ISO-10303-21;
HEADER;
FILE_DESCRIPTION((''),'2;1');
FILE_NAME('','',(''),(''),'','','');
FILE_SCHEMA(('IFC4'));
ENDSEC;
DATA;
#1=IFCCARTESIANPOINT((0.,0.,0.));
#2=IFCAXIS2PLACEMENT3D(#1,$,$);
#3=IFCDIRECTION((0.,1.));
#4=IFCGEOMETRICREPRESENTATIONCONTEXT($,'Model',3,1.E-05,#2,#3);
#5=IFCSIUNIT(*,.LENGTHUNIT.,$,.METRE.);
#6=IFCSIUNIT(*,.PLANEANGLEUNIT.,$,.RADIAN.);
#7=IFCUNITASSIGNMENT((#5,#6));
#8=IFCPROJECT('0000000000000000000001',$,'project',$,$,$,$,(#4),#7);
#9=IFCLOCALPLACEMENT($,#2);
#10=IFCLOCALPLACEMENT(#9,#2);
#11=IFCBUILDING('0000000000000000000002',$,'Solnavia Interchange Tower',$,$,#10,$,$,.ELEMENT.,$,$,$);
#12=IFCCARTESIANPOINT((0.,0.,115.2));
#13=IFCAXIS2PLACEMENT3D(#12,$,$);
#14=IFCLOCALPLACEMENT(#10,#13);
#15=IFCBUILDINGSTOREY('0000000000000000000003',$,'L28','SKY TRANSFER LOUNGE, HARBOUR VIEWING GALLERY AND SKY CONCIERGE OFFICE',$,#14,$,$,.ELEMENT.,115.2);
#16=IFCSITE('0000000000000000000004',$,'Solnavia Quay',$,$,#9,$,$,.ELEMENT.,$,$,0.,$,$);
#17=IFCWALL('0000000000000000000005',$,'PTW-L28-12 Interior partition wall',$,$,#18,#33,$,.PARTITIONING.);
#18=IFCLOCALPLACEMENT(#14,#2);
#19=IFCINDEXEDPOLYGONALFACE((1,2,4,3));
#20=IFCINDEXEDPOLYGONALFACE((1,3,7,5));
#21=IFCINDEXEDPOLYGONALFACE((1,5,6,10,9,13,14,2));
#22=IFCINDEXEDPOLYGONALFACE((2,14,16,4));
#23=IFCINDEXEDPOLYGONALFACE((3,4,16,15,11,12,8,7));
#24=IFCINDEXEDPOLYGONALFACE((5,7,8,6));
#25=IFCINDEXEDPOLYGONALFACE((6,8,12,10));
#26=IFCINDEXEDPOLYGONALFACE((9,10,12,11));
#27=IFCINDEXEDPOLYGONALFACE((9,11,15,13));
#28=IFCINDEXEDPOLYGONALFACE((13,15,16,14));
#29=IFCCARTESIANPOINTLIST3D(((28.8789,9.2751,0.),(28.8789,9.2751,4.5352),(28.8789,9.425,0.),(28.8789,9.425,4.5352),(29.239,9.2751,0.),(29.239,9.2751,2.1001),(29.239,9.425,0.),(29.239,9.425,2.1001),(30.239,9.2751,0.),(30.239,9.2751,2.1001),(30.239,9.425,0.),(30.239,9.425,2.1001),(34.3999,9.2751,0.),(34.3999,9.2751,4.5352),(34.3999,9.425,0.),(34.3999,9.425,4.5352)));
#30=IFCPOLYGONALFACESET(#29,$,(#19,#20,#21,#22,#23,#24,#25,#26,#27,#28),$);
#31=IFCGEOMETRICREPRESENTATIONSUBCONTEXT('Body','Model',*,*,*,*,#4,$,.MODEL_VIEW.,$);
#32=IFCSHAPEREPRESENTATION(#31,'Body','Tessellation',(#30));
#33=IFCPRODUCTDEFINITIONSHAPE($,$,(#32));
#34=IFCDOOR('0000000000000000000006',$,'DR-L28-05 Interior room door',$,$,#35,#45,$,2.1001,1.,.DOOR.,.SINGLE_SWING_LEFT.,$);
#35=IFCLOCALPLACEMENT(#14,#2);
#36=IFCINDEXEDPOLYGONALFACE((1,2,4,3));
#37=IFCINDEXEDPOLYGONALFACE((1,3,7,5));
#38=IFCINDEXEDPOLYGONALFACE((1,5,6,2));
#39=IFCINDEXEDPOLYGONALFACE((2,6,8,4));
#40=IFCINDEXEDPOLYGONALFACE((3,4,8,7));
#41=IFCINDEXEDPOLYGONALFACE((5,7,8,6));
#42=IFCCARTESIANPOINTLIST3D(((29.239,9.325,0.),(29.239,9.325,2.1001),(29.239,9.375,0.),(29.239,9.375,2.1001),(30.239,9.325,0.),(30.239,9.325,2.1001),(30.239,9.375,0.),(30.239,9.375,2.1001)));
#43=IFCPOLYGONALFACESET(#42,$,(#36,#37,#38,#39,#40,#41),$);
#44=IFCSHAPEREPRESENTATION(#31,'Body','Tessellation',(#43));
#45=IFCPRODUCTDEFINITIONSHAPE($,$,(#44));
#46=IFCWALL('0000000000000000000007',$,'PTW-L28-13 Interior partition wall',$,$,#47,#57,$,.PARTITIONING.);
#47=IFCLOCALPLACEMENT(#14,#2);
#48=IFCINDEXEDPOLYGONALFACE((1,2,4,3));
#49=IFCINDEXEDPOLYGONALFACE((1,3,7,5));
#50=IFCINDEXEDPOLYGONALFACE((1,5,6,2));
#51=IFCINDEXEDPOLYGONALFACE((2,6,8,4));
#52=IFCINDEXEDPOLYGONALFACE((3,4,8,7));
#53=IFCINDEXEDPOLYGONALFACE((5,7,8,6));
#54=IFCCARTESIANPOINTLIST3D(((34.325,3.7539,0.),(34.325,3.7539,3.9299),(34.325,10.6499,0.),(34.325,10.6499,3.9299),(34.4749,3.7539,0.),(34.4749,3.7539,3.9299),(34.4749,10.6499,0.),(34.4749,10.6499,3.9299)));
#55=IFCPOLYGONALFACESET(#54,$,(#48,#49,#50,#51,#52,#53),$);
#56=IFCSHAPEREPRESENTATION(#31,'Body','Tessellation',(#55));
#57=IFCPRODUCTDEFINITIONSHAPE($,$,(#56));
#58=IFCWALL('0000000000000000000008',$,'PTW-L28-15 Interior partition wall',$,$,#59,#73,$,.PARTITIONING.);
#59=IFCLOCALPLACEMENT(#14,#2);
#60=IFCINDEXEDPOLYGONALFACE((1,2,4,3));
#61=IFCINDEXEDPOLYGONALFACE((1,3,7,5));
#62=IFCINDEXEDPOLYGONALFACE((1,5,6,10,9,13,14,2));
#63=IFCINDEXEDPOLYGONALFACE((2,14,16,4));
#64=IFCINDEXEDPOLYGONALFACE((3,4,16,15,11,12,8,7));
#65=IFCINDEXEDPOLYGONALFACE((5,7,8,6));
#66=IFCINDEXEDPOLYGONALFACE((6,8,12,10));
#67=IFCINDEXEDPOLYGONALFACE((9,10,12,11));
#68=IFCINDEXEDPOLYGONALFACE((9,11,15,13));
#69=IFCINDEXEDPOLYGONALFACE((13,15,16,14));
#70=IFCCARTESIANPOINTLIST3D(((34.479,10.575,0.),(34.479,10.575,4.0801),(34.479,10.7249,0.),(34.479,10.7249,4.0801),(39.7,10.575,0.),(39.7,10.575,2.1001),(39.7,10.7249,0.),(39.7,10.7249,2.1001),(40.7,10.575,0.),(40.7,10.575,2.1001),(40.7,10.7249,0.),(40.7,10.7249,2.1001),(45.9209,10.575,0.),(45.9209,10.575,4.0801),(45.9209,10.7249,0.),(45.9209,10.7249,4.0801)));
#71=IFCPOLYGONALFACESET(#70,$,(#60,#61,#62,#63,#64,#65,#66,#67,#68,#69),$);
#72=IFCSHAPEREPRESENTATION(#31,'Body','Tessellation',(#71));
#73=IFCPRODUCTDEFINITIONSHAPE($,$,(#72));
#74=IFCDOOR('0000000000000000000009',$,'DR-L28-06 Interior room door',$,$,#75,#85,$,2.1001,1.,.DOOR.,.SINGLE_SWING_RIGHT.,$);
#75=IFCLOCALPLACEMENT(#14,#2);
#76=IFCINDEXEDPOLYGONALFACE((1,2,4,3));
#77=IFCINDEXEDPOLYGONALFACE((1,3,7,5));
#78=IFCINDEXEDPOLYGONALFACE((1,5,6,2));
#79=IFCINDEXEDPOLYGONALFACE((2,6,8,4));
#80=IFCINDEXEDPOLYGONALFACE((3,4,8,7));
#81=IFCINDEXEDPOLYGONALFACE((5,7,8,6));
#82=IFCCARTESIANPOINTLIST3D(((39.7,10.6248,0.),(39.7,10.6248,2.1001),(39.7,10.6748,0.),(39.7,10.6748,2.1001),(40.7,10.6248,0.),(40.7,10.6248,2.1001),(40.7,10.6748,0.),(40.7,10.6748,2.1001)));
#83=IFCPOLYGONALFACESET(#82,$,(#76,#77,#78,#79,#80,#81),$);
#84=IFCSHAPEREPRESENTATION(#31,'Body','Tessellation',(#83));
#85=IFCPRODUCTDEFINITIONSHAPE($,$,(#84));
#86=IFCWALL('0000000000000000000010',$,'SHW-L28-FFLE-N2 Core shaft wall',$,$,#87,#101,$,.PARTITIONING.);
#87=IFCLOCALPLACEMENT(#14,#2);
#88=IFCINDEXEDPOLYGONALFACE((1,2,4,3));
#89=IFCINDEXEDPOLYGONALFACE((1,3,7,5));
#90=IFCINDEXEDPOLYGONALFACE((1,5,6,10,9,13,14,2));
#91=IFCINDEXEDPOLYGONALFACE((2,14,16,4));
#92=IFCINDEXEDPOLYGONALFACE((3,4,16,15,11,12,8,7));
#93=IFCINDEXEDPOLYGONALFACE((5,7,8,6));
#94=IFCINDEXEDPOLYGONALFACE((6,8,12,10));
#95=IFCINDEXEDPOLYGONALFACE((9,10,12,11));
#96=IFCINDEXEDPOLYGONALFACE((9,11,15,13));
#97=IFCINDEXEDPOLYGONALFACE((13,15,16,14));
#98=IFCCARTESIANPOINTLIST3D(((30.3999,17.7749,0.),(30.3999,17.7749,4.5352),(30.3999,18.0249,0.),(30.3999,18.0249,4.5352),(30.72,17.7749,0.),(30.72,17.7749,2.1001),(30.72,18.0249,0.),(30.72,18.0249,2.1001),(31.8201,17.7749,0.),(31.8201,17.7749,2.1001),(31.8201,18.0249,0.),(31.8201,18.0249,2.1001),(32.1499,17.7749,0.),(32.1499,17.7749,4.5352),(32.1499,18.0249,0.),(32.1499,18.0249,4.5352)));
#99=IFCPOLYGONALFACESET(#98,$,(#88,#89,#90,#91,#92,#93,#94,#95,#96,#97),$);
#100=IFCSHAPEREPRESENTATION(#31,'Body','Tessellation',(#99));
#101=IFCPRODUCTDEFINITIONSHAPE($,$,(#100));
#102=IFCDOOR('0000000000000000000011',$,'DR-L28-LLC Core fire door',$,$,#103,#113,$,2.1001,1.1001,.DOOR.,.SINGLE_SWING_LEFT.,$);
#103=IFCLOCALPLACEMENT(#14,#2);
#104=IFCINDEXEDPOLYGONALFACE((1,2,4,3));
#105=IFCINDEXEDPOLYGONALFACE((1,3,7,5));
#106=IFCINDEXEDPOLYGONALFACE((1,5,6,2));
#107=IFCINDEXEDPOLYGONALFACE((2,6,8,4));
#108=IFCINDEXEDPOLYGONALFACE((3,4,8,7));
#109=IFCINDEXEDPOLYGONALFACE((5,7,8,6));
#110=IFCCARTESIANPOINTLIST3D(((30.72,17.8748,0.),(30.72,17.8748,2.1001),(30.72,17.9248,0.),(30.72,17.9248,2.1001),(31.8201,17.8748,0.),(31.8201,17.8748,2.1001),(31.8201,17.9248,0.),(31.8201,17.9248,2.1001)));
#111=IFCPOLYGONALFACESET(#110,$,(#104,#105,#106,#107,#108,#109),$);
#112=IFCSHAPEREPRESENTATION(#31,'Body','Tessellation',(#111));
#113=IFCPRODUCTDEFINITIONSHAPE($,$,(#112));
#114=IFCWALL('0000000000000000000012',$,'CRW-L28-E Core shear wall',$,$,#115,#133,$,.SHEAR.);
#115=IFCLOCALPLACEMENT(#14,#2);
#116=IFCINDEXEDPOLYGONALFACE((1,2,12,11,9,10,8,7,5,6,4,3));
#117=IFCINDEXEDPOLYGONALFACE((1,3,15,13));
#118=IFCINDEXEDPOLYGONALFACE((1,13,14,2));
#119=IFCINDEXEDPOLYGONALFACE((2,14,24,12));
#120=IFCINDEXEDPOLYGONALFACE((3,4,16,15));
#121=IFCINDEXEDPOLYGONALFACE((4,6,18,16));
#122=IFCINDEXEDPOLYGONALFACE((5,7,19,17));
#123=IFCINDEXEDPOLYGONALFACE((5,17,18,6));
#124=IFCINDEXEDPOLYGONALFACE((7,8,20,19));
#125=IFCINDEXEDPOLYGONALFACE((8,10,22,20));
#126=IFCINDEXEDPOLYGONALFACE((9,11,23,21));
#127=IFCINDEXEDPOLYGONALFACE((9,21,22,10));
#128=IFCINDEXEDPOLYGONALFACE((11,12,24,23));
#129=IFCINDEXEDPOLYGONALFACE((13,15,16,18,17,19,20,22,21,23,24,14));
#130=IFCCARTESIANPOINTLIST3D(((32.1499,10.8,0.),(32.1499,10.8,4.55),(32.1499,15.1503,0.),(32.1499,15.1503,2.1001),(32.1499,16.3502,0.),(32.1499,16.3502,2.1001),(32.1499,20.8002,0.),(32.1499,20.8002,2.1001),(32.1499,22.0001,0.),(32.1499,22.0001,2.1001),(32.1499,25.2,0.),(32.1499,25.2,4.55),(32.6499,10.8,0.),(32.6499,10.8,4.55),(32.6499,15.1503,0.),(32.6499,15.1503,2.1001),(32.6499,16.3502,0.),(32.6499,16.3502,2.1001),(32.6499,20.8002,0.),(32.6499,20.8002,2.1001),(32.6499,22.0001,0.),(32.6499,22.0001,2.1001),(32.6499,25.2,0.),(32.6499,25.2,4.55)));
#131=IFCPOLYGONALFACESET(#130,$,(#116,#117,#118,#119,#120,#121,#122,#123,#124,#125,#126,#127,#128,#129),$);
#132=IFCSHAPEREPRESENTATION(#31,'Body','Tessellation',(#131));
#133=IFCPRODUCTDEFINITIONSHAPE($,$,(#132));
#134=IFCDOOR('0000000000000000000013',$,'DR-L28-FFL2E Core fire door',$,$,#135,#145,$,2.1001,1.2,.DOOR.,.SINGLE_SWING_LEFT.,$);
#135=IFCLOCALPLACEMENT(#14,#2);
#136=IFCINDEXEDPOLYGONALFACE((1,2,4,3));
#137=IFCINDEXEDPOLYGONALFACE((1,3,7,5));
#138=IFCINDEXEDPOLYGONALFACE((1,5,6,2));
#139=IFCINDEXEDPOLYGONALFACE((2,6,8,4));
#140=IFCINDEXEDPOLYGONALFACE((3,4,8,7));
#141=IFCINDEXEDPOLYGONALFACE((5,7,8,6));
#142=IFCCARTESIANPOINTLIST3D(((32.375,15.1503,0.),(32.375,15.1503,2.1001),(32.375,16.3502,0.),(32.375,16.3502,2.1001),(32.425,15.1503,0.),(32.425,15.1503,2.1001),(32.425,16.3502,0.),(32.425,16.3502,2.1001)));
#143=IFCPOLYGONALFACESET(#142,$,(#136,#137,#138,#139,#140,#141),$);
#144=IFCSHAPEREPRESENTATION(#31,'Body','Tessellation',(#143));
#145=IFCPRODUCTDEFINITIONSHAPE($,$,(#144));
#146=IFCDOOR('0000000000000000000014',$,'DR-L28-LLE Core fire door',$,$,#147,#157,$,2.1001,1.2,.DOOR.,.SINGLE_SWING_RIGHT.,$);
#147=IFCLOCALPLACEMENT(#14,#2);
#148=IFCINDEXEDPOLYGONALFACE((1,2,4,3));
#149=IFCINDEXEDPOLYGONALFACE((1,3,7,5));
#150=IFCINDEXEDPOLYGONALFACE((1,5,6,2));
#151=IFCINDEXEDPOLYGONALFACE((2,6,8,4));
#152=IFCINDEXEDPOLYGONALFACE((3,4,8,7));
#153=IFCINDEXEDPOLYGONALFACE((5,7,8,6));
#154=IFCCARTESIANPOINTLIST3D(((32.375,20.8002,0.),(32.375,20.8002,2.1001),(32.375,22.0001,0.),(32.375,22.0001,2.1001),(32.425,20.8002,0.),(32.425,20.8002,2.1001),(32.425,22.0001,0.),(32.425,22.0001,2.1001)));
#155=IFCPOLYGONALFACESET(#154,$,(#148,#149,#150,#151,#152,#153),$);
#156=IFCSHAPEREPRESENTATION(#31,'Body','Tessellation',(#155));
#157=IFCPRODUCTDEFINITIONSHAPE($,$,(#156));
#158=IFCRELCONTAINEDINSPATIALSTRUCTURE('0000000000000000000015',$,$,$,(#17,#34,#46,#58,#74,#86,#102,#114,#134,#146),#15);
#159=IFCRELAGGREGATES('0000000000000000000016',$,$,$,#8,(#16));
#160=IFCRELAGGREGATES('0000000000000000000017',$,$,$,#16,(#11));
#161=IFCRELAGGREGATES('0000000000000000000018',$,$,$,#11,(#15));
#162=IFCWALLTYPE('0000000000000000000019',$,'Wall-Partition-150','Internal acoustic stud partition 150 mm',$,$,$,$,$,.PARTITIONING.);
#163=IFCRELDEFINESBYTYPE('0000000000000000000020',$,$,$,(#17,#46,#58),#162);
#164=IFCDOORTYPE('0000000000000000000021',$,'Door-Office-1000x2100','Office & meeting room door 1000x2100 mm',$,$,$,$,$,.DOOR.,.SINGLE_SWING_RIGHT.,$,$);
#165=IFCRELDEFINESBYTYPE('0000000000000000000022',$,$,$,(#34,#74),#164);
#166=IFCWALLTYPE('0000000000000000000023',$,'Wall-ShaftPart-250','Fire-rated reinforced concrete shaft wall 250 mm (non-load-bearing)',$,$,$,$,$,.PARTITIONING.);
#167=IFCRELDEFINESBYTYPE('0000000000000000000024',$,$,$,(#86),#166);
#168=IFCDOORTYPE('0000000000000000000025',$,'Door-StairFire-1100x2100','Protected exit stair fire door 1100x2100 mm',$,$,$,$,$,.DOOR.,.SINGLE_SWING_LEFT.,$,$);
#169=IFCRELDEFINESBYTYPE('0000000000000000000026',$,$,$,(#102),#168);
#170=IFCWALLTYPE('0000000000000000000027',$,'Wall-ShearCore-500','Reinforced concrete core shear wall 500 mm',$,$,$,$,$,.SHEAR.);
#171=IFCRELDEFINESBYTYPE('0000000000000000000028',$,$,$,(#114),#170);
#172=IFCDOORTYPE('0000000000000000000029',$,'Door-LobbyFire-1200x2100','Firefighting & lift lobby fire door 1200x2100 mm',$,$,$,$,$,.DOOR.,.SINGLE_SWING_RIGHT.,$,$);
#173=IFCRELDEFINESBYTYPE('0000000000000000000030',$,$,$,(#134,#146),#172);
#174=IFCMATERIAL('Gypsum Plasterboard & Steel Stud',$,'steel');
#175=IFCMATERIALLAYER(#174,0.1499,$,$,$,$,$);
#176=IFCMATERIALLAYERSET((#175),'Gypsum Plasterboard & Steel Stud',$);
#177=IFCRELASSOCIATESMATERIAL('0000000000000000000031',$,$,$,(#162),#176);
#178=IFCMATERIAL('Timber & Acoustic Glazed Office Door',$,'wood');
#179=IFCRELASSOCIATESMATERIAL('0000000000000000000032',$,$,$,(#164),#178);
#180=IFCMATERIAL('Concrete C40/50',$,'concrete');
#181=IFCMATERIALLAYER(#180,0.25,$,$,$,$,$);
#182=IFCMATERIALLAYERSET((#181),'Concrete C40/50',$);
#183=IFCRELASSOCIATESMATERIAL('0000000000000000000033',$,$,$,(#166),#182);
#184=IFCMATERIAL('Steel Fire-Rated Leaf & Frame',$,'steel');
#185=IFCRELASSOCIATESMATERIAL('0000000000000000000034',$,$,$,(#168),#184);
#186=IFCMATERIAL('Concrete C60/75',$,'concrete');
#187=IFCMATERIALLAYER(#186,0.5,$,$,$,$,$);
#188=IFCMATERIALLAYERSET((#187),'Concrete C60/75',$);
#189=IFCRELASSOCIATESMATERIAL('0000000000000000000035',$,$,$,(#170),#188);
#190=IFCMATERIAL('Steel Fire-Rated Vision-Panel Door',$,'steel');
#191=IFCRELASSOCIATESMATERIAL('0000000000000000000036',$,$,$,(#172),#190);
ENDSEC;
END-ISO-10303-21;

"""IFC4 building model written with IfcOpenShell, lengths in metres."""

from ifc_helpers import new_model, si_unit, direction, frame, frame_2d, origin, place, context, subcontext, project, spatial, rectangle, extrude, material, layer, layer_set, type_object, element, fill, save


model = new_model("IFC4")

# Units and contexts
model_context = context("Model", 3, precision=1e-05, world=origin(), true_north=direction((0.0, 1.0)))
body_context = subcontext(model_context, "Body", "Model", "MODEL_VIEW")
ifc_project = project(units=[si_unit("LENGTHUNIT", "METRE"), si_unit("PLANEANGLEUNIT", "RADIAN")], contexts=[model_context])

# Site, building, storey
site_placement = place(None, origin())
site = spatial("IfcSite", under=ifc_project, at=site_placement, Name="Solnavia Quay", CompositionType="ELEMENT", RefElevation=0.0)
building_placement = place(site_placement, origin())
building = spatial("IfcBuilding", under=site, at=building_placement, Name="Solnavia Interchange Tower", CompositionType="ELEMENT")
storey_placement = place(building_placement, frame((0.0, 0.0, 115.2)))
storey = spatial("IfcBuildingStorey", under=building, at=storey_placement, Name="L28", Description="SKY TRANSFER LOUNGE, HARBOUR VIEWING GALLERY AND SKY CONCIERGE OFFICE", CompositionType="ELEMENT", Elevation=115.2)

# Shared definitions
ifc_material_1 = material(Name="Concrete C40/50", Category="concrete")
ifc_material_2 = material(Name="Gypsum Plasterboard & Steel Stud", Category="steel")
ifc_layer_1 = layer(ifc_material_2, 0.1499)
ifc_layer_set_1 = layer_set([ifc_layer_1], Name="Gypsum Plasterboard & Steel Stud")
wall_type_1 = type_object("IfcWallType", Name="Wall-Partition-150", Description="Internal acoustic stud partition 150 mm", PredefinedType="PARTITIONING", material=ifc_layer_set_1)

# Wall, opening, door
wall_1_placement = place(storey_placement, frame((28.8789, 9.3501, 0.0), z_axis=(0.0, 0.0, 1.0), x_axis=(1.0, 0.0, 0.0)))
wall_1 = element("IfcWall", 1, at=wall_1_placement, inside=storey, type_object=wall_type_1, Name="PTW-L28-12 Interior partition wall", PredefinedType="PARTITIONING", context=body_context, shape_type="SweptSolid", body=[
    extrude(rectangle(XDim=5.521, YDim=0.1499, at=frame_2d((2.7605, 0.0))), origin(), (0.0, 0.0, 1.0), 4.5352),
])
opening_1_placement = place(wall_1_placement, frame((0.3601, 0.0, 0.0)))
opening_1 = element("IfcOpeningElement", 2, at=opening_1_placement, cuts=wall_1, PredefinedType="OPENING", context=body_context, shape_type="SweptSolid", body=[
    extrude(rectangle(XDim=1.0, YDim=2.1001, at=frame_2d((0.5, 1.05))), frame((0.0, 0.085, 0.0), z_axis=(0.0, -1.0, 0.0), x_axis=(1.0, 0.0, 0.0)), (0.0, 0.0, 1.0), 0.1699),
])
ifc_material_3 = material(Name="Timber & Acoustic Glazed Office Door", Category="wood")
door_type_1 = type_object("IfcDoorType", Name="Door-Office-1000x2100", Description="Office & meeting room door 1000x2100 mm", OperationType="SINGLE_SWING_RIGHT", PredefinedType="DOOR", material=ifc_material_3)
door_1_placement = place(opening_1_placement, origin())
door_1 = element("IfcDoor", 3, at=door_1_placement, inside=storey, type_object=door_type_1, Name="DR-L28-05 Interior room door", OperationType="SINGLE_SWING_LEFT", OverallHeight=2.1001, OverallWidth=1.0, PredefinedType="DOOR", context=body_context, shape_type="SweptSolid", body=[
    extrude(rectangle(XDim=1.0, YDim=2.1001, at=frame_2d((0.5, 1.05))), frame((0.0, 0.0249, 0.0), z_axis=(0.0, -1.0, 0.0), x_axis=(1.0, 0.0, 0.0)), (0.0, 0.0, 1.0), 0.05),
])
fill(opening_1, door_1)

# Wall
wall_2_placement = place(storey_placement, frame((34.3999, 3.7539, 0.0), z_axis=(0.0, 0.0, 1.0), x_axis=(0.0, 1.0, 0.0)))
element("IfcWall", 4, at=wall_2_placement, inside=storey, type_object=wall_type_1, Name="PTW-L28-13 Interior partition wall", PredefinedType="PARTITIONING", context=body_context, shape_type="SweptSolid", body=[
    extrude(rectangle(XDim=6.896, YDim=0.1499, at=frame_2d((3.448, 0.0))), origin(), (0.0, 0.0, 1.0), 3.9299),
])

# Walls, openings, doors
wall_3_placement = place(storey_placement, frame((34.479, 10.6499, 0.0), z_axis=(0.0, 0.0, 1.0), x_axis=(1.0, 0.0, 0.0)))
wall_3 = element("IfcWall", 5, at=wall_3_placement, inside=storey, type_object=wall_type_1, Name="PTW-L28-15 Interior partition wall", PredefinedType="PARTITIONING", context=body_context, shape_type="SweptSolid", body=[
    extrude(rectangle(XDim=11.4419, YDim=0.1499, at=frame_2d((5.7209, 0.0))), origin(), (0.0, 0.0, 1.0), 4.0801),
])
opening_2_placement = place(wall_3_placement, frame((5.2209, 0.0, 0.0)))
opening_2 = element("IfcOpeningElement", 6, at=opening_2_placement, cuts=wall_3, PredefinedType="OPENING", context=body_context, shape_type="SweptSolid", body=[
    extrude(rectangle(XDim=1.0, YDim=2.1001, at=frame_2d((0.5, 1.05))), frame((0.0, 0.085, 0.0), z_axis=(0.0, -1.0, 0.0), x_axis=(1.0, 0.0, 0.0)), (0.0, 0.0, 1.0), 0.1699),
])
door_2_placement = place(opening_2_placement, origin())
door_2 = element("IfcDoor", 7, at=door_2_placement, inside=storey, type_object=door_type_1, Name="DR-L28-06 Interior room door", OperationType="SINGLE_SWING_RIGHT", OverallHeight=2.1001, OverallWidth=1.0, PredefinedType="DOOR", context=body_context, shape_type="SweptSolid", body=[
    extrude(rectangle(XDim=1.0, YDim=2.1001, at=frame_2d((0.5, 1.05))), frame((0.0, 0.0249, 0.0), z_axis=(0.0, -1.0, 0.0), x_axis=(1.0, 0.0, 0.0)), (0.0, 0.0, 1.0), 0.05),
])
fill(opening_2, door_2)
ifc_layer_2 = layer(ifc_material_1, 0.25)
ifc_layer_set_2 = layer_set([ifc_layer_2], Name="Concrete C40/50")
wall_type_2 = type_object("IfcWallType", Name="Wall-ShaftPart-250", Description="Fire-rated reinforced concrete shaft wall 250 mm (non-load-bearing)", PredefinedType="PARTITIONING", material=ifc_layer_set_2)
wall_4_placement = place(storey_placement, frame((30.3999, 17.8999, 0.0), z_axis=(0.0, 0.0, 1.0), x_axis=(1.0, 0.0, 0.0)))
wall_4 = element("IfcWall", 8, at=wall_4_placement, inside=storey, type_object=wall_type_2, Name="SHW-L28-FFLE-N2 Core shaft wall", PredefinedType="PARTITIONING", context=body_context, shape_type="SweptSolid", body=[
    extrude(rectangle(XDim=1.75, YDim=0.25, at=frame_2d((0.875, 0.0))), origin(), (0.0, 0.0, 1.0), 4.5352),
])
opening_3_placement = place(wall_4_placement, frame((0.3201, 0.0, 0.0)))
opening_3 = element("IfcOpeningElement", 9, at=opening_3_placement, cuts=wall_4, PredefinedType="OPENING", context=body_context, shape_type="SweptSolid", body=[
    extrude(rectangle(XDim=1.1001, YDim=2.1001, at=frame_2d((0.55, 1.05))), frame((0.0, 0.135, 0.0), z_axis=(0.0, -1.0, 0.0), x_axis=(1.0, 0.0, 0.0)), (0.0, 0.0, 1.0), 0.27),
])
ifc_material_4 = material(Name="Steel Fire-Rated Leaf & Frame", Category="steel")
door_type_2 = type_object("IfcDoorType", Name="Door-StairFire-1100x2100", Description="Protected exit stair fire door 1100x2100 mm", OperationType="SINGLE_SWING_LEFT", PredefinedType="DOOR", material=ifc_material_4)
door_3_placement = place(opening_3_placement, origin())
door_3 = element("IfcDoor", 10, at=door_3_placement, inside=storey, type_object=door_type_2, Name="DR-L28-LLC Core fire door", OperationType="SINGLE_SWING_LEFT", OverallHeight=2.1001, OverallWidth=1.1001, PredefinedType="DOOR", context=body_context, shape_type="SweptSolid", body=[
    extrude(rectangle(XDim=1.1001, YDim=2.1001, at=frame_2d((0.55, 1.05))), frame((0.0, 0.0249, 0.0), z_axis=(0.0, -1.0, 0.0), x_axis=(1.0, 0.0, 0.0)), (0.0, 0.0, 1.0), 0.05),
])
fill(opening_3, door_3)

# Wall, openings, doors
ifc_material_5 = material(Name="Concrete C60/75", Category="concrete")
ifc_layer_3 = layer(ifc_material_5, 0.5)
ifc_layer_set_3 = layer_set([ifc_layer_3], Name="Concrete C60/75")
wall_type_3 = type_object("IfcWallType", Name="Wall-ShearCore-500", Description="Reinforced concrete core shear wall 500 mm", PredefinedType="SHEAR", material=ifc_layer_set_3)
wall_5_placement = place(storey_placement, frame((32.3999, 10.8, 0.0), z_axis=(0.0, 0.0, 1.0), x_axis=(0.0, 1.0, 0.0)))
wall_5 = element("IfcWall", 11, at=wall_5_placement, inside=storey, type_object=wall_type_3, Name="CRW-L28-E Core shear wall", PredefinedType="SHEAR", context=body_context, shape_type="SweptSolid", body=[
    extrude(rectangle(XDim=14.3999, YDim=0.5, at=frame_2d((7.2, 0.0))), origin(), (0.0, 0.0, 1.0), 4.55),
])
opening_4_placement = place(wall_5_placement, frame((4.3501, 0.0, 0.0)))
opening_4 = element("IfcOpeningElement", 12, at=opening_4_placement, cuts=wall_5, PredefinedType="OPENING", context=body_context, shape_type="SweptSolid", body=[
    extrude(rectangle(XDim=1.2, YDim=2.1001, at=frame_2d((0.6001, 1.05))), frame((0.0, 0.26, 0.0), z_axis=(0.0, -1.0, 0.0), x_axis=(1.0, 0.0, 0.0)), (0.0, 0.0, 1.0), 0.52),
])
opening_5_placement = place(wall_5_placement, frame((10.0, 0.0, 0.0)))
opening_5 = element("IfcOpeningElement", 13, at=opening_5_placement, cuts=wall_5, PredefinedType="OPENING", context=body_context, shape_type="SweptSolid", body=[
    extrude(rectangle(XDim=1.2, YDim=2.1001, at=frame_2d((0.6001, 1.05))), frame((0.0, 0.26, 0.0), z_axis=(0.0, -1.0, 0.0), x_axis=(1.0, 0.0, 0.0)), (0.0, 0.0, 1.0), 0.52),
])
ifc_material_6 = material(Name="Steel Fire-Rated Vision-Panel Door", Category="steel")
door_type_3 = type_object("IfcDoorType", Name="Door-LobbyFire-1200x2100", Description="Firefighting & lift lobby fire door 1200x2100 mm", OperationType="SINGLE_SWING_RIGHT", PredefinedType="DOOR", material=ifc_material_6)
door_4_placement = place(opening_4_placement, origin())
door_4 = element("IfcDoor", 14, at=door_4_placement, inside=storey, type_object=door_type_3, Name="DR-L28-FFL2E Core fire door", OperationType="SINGLE_SWING_LEFT", OverallHeight=2.1001, OverallWidth=1.2, PredefinedType="DOOR", context=body_context, shape_type="SweptSolid", body=[
    extrude(rectangle(XDim=1.2, YDim=2.1001, at=frame_2d((0.6001, 1.05))), frame((0.0, 0.0249, 0.0), z_axis=(0.0, -1.0, 0.0), x_axis=(1.0, 0.0, 0.0)), (0.0, 0.0, 1.0), 0.05),
])
fill(opening_4, door_4)
door_5_placement = place(opening_5_placement, origin())
door_5 = element("IfcDoor", 15, at=door_5_placement, inside=storey, type_object=door_type_3, Name="DR-L28-LLE Core fire door", OperationType="SINGLE_SWING_RIGHT", OverallHeight=2.1001, OverallWidth=1.2, PredefinedType="DOOR", context=body_context, shape_type="SweptSolid", body=[
    extrude(rectangle(XDim=1.2, YDim=2.1001, at=frame_2d((0.6001, 1.05))), frame((0.0, 0.0249, 0.0), z_axis=(0.0, -1.0, 0.0), x_axis=(1.0, 0.0, 0.0)), (0.0, 0.0, 1.0), 0.05),
])
fill(opening_5, door_5)

save(model, "model.ifc")
